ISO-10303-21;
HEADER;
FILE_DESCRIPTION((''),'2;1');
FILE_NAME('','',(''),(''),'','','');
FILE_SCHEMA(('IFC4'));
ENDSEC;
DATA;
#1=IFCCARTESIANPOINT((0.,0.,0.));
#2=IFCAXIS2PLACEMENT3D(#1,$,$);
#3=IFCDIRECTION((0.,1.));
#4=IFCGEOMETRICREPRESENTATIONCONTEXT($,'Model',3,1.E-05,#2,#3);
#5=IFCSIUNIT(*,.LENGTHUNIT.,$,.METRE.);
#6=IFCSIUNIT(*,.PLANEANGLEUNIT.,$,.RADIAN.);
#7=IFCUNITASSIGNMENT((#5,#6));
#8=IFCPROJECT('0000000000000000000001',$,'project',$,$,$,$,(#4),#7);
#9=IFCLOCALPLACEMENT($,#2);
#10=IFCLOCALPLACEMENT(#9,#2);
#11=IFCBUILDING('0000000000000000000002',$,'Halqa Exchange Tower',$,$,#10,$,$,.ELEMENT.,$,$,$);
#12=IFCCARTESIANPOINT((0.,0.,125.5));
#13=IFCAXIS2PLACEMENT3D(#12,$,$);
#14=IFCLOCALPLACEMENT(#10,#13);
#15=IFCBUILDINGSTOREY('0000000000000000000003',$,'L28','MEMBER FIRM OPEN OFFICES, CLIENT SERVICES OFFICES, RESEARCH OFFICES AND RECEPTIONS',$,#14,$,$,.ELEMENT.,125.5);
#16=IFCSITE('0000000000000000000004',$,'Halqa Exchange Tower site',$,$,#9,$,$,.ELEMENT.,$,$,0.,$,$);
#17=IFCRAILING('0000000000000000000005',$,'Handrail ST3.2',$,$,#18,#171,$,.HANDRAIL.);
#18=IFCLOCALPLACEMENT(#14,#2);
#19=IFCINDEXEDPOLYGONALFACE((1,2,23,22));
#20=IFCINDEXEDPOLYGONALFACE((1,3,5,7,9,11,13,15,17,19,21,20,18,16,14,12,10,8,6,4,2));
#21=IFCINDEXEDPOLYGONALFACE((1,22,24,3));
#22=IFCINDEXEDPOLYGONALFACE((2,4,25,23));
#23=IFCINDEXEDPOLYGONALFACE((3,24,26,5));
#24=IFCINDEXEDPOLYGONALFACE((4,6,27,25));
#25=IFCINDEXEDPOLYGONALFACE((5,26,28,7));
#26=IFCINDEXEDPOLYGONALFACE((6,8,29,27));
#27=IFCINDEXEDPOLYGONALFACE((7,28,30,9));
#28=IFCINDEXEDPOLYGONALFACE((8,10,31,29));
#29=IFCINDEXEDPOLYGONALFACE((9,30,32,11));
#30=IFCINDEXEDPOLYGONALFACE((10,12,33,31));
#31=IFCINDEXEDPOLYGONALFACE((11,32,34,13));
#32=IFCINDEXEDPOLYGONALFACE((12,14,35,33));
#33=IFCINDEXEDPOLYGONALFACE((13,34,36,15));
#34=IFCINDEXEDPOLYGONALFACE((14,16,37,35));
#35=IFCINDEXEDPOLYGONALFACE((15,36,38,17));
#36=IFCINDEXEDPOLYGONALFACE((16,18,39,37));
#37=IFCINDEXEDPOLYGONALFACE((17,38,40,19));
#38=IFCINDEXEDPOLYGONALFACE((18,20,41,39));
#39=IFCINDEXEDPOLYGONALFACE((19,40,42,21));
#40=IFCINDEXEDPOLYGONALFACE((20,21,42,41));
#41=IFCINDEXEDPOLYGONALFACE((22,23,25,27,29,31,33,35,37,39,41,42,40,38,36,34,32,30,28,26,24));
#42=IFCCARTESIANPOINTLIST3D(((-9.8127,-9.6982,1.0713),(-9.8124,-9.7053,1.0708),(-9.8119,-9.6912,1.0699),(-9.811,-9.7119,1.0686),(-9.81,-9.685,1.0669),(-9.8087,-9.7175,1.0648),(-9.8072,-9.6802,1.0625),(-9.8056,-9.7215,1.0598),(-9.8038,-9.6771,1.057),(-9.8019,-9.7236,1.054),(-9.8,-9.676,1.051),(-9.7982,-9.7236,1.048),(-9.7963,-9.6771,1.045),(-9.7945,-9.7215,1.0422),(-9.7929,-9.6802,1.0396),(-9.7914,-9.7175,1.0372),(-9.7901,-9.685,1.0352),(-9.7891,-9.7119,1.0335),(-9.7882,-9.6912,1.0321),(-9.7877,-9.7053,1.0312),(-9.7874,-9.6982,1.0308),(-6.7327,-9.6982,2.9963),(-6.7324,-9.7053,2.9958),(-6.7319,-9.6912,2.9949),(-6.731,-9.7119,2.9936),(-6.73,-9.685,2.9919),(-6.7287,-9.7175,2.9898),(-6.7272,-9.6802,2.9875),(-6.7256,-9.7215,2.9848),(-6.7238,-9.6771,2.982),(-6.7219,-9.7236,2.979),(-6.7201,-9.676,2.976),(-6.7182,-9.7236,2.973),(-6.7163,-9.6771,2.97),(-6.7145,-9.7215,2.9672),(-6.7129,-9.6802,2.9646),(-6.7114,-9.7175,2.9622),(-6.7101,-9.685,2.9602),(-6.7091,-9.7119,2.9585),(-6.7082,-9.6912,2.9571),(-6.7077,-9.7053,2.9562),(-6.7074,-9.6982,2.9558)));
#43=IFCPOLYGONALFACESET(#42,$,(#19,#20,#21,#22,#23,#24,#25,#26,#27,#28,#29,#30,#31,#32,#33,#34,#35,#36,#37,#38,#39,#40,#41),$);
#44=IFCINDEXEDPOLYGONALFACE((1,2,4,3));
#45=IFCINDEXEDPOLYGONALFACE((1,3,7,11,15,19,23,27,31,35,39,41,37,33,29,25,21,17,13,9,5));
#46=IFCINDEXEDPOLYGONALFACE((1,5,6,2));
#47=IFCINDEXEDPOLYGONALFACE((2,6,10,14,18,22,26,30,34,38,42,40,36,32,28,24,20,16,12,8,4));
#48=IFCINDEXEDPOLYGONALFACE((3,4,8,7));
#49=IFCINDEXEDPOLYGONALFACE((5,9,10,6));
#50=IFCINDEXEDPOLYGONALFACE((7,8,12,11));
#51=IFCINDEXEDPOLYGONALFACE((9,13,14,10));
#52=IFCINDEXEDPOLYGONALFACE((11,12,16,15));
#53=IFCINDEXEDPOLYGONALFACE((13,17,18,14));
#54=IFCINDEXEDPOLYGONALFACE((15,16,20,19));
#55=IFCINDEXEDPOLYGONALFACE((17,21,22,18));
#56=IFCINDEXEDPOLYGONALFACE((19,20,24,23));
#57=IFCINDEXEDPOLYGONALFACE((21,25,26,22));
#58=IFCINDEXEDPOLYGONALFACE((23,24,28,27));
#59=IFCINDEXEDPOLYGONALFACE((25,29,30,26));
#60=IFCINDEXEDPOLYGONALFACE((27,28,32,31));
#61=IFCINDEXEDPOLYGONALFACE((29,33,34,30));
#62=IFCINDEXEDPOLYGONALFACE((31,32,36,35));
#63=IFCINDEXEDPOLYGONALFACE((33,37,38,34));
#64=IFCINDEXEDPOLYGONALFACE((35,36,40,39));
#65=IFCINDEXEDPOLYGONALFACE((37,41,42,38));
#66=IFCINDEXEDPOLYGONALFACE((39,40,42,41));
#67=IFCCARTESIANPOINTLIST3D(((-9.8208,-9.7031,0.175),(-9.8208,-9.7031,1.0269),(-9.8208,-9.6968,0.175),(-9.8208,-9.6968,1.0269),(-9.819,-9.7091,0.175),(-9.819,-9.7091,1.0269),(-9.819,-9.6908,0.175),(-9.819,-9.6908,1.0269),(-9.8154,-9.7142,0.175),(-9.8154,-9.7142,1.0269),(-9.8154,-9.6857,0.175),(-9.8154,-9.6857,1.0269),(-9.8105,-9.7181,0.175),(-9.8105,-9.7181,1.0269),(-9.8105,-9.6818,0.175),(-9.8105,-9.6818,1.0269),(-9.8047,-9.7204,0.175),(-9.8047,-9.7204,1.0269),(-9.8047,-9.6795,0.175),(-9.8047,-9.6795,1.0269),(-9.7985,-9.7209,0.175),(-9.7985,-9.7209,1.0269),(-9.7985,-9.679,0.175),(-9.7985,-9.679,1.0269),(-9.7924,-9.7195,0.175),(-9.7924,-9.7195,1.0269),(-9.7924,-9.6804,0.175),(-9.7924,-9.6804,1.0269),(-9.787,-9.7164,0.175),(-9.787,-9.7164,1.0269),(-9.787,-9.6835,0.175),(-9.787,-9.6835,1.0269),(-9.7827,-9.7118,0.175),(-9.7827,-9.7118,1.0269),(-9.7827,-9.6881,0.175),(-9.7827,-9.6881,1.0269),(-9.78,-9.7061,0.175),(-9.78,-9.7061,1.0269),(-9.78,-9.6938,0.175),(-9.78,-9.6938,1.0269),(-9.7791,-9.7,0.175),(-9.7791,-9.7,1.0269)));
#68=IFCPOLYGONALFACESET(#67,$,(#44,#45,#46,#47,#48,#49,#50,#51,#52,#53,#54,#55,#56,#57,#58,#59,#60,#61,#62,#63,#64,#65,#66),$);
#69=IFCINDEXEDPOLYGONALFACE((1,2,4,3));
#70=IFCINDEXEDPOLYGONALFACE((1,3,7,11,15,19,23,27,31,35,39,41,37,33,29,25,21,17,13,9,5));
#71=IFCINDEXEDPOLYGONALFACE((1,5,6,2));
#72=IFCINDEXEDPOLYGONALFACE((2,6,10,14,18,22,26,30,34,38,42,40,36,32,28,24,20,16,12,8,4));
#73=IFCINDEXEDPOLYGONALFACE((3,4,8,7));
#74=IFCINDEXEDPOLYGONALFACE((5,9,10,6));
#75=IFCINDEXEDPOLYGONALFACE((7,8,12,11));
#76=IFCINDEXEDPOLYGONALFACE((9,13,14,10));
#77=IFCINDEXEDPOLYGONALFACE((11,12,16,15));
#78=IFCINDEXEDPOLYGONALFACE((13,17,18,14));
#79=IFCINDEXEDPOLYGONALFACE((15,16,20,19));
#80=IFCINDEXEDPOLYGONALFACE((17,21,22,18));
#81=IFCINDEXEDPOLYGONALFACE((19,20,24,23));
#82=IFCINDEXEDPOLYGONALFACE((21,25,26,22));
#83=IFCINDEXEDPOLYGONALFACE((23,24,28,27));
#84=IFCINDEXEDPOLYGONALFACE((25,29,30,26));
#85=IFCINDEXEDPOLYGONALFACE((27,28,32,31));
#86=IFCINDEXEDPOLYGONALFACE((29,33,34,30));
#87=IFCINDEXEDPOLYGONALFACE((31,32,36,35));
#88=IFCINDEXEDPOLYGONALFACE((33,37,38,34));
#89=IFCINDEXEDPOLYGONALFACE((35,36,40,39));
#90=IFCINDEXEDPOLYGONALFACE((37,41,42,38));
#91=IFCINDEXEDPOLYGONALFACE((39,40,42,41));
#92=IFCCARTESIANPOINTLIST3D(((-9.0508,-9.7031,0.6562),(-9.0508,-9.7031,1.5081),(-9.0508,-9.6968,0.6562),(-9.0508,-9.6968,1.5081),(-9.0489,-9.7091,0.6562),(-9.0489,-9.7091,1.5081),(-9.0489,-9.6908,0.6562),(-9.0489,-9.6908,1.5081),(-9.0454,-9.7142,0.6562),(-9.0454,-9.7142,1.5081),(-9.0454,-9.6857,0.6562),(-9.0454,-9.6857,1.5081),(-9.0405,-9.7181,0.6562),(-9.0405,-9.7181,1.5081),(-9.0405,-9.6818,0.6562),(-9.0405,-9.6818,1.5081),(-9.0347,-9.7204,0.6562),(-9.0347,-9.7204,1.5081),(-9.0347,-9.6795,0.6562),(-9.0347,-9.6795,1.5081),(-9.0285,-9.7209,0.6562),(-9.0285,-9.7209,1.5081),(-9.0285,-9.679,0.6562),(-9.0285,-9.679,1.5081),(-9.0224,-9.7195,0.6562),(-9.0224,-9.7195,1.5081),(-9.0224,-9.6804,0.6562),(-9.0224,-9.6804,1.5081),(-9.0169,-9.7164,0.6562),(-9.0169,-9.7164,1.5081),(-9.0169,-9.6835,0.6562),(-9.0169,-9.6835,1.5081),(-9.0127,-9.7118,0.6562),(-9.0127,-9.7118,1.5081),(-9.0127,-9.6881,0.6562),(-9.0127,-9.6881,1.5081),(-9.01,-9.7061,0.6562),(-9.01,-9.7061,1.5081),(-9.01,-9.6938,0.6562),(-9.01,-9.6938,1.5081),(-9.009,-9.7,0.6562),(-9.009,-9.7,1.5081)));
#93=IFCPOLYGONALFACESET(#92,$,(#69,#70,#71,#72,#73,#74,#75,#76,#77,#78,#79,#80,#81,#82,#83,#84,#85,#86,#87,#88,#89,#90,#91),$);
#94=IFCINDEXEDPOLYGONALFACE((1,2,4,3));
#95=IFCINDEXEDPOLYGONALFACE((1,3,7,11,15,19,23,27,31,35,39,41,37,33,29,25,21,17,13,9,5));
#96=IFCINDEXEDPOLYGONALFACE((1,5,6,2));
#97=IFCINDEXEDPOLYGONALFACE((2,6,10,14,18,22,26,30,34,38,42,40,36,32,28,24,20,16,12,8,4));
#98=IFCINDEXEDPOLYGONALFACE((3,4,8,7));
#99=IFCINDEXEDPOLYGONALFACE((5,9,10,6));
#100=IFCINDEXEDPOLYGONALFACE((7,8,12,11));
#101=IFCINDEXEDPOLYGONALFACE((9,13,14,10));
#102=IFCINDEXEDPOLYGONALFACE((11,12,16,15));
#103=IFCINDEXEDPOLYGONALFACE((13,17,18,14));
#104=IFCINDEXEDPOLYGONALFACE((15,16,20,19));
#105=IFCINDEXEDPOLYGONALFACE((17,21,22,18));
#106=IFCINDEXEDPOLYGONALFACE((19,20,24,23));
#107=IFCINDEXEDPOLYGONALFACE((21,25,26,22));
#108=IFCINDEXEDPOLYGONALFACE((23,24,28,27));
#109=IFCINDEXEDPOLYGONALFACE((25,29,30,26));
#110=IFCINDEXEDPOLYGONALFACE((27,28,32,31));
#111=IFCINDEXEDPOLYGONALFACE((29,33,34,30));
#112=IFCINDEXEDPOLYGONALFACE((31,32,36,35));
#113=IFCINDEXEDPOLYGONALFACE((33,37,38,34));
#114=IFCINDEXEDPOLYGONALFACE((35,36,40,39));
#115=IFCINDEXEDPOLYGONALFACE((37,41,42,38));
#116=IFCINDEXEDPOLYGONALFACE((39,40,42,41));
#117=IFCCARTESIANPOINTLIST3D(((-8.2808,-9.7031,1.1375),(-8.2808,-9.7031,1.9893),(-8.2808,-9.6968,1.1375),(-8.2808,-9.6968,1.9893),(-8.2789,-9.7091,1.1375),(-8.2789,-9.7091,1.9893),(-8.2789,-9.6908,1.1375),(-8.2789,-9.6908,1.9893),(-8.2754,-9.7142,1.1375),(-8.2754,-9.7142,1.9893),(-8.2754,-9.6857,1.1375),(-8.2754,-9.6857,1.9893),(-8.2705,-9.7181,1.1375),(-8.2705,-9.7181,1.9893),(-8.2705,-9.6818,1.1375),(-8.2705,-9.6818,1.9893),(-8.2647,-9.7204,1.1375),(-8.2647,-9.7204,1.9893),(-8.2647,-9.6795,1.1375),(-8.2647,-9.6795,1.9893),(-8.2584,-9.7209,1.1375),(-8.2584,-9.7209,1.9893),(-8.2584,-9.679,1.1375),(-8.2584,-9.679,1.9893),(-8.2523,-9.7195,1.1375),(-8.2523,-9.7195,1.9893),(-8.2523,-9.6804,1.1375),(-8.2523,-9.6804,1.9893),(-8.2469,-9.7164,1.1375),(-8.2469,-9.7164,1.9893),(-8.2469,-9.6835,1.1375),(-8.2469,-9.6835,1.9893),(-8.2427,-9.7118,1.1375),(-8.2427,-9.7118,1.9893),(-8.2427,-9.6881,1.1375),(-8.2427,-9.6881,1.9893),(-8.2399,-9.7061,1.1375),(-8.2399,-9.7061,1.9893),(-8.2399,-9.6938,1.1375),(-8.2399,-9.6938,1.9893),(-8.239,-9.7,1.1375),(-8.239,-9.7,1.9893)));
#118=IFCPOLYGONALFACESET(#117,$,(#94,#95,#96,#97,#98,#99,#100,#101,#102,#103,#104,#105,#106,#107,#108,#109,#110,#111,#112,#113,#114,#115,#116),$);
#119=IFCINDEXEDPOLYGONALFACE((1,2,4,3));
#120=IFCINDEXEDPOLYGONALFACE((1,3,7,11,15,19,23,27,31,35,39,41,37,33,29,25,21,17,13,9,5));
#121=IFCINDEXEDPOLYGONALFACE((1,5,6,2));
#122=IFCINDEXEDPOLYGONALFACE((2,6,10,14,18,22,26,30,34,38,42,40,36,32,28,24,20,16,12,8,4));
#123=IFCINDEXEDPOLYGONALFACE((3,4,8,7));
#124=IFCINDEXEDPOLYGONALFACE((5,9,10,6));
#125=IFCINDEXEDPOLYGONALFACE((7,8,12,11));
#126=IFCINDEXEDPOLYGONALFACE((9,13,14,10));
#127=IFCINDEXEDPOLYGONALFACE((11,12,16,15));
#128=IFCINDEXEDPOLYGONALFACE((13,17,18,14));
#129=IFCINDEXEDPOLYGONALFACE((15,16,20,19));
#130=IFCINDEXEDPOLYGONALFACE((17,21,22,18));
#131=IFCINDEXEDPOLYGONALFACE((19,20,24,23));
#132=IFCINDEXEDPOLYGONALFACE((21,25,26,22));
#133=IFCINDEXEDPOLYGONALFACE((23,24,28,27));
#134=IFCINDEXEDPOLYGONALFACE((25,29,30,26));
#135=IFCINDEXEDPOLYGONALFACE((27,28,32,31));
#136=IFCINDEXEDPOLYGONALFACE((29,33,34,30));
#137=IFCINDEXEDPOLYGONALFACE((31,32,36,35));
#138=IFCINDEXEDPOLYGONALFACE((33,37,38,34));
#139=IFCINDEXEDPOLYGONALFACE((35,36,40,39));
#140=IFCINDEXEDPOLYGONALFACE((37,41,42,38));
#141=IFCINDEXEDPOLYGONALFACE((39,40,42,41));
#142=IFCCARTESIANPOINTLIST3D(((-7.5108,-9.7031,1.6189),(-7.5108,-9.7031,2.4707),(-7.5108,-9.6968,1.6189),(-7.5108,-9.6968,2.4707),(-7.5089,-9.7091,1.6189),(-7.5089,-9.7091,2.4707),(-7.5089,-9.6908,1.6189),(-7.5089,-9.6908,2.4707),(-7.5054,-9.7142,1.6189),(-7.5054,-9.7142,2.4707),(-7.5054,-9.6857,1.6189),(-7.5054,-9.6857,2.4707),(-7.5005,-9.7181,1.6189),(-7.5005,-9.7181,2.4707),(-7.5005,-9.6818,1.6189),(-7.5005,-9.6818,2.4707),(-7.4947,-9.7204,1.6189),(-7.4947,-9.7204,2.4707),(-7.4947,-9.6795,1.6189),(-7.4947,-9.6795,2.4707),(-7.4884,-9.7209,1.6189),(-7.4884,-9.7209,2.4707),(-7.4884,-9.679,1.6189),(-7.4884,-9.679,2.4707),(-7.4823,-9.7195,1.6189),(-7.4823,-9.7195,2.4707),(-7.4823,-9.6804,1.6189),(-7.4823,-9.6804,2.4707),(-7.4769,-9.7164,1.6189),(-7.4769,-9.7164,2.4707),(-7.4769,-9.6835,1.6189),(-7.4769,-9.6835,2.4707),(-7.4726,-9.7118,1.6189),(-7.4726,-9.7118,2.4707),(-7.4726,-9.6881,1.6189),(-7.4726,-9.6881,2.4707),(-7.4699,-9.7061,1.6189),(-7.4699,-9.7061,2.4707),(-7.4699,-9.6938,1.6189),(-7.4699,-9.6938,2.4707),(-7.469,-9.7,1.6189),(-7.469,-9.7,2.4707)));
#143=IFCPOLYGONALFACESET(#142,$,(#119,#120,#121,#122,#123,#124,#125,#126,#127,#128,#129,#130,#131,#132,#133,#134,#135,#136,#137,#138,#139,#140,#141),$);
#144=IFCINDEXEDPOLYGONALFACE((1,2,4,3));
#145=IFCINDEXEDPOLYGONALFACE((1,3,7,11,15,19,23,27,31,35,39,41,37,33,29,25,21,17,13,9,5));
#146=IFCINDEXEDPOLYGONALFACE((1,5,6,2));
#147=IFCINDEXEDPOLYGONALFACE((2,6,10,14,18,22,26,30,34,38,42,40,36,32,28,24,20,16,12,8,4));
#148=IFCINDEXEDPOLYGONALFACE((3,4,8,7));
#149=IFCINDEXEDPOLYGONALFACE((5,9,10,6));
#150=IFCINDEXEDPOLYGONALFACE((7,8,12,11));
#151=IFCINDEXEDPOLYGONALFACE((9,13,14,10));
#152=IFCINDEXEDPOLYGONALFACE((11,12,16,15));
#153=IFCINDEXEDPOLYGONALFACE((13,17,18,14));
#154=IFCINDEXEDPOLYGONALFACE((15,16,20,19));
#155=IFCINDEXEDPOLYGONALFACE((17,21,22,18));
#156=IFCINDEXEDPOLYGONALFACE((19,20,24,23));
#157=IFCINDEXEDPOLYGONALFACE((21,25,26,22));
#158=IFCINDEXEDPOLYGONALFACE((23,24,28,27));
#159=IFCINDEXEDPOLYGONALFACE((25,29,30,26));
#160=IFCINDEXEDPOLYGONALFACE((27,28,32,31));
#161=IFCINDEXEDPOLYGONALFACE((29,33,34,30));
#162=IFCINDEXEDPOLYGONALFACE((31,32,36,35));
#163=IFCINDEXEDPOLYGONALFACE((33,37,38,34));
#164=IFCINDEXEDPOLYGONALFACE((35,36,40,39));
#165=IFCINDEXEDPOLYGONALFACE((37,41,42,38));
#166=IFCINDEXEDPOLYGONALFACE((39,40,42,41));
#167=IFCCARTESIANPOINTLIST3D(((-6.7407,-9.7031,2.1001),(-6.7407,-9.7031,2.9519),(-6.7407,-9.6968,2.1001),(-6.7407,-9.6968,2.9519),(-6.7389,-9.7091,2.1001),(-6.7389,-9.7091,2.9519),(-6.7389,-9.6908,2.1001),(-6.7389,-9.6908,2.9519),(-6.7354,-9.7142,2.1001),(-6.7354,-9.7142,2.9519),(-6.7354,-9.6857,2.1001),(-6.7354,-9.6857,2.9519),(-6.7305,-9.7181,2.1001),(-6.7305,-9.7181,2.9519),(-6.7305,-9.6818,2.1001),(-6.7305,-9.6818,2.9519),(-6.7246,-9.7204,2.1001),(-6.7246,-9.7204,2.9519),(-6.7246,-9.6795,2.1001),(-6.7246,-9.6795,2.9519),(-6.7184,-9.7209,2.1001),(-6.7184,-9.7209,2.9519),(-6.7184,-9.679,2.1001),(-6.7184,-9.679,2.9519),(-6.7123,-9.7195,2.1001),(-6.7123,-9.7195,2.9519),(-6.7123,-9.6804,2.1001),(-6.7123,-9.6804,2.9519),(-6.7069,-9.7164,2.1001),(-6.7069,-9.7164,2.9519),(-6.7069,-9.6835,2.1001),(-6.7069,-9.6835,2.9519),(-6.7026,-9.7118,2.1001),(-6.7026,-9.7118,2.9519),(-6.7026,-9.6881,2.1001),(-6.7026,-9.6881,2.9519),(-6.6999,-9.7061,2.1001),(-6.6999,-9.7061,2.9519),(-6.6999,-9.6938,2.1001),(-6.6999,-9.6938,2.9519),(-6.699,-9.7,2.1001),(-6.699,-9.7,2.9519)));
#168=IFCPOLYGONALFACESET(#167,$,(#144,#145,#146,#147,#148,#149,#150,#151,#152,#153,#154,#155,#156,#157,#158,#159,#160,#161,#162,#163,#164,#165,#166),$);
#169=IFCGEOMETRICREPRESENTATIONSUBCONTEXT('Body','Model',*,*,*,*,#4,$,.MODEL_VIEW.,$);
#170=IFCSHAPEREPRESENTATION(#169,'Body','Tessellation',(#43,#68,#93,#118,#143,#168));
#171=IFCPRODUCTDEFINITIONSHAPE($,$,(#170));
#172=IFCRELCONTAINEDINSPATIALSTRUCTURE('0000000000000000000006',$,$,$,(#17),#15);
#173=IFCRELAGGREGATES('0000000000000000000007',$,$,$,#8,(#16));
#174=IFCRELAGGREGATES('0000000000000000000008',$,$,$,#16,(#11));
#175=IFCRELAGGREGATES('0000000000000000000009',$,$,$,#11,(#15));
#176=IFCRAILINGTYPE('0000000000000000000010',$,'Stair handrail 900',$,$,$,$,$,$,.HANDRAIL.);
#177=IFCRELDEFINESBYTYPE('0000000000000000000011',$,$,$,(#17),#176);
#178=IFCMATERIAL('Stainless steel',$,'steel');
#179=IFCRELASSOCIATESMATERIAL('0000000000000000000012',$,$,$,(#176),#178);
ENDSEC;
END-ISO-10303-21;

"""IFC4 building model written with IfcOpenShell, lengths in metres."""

from ifc_helpers import new_model, si_unit, direction, frame, origin, origin_2d, place, context, subcontext, project, spatial, circle, extrude, material, type_object, element, save


model = new_model("IFC4")

# Units and contexts
model_context = context("Model", 3, precision=1e-05, world=origin(), true_north=direction((0.0, 1.0)))
body_context = subcontext(model_context, "Body", "Model", "MODEL_VIEW")
ifc_project = project(units=[si_unit("LENGTHUNIT", "METRE"), si_unit("PLANEANGLEUNIT", "RADIAN")], contexts=[model_context])

# Site, building, storey
site_placement = place(None, origin())
site = spatial("IfcSite", under=ifc_project, at=site_placement, Name="Halqa Exchange Tower site", CompositionType="ELEMENT", RefElevation=0.0)
building_placement = place(site_placement, origin())
building = spatial("IfcBuilding", under=site, at=building_placement, Name="Halqa Exchange Tower", CompositionType="ELEMENT")
storey_placement = place(building_placement, frame((0.0, 0.0, 125.5)))
storey = spatial("IfcBuildingStorey", under=building, at=storey_placement, Name="L28", Description="MEMBER FIRM OPEN OFFICES, CLIENT SERVICES OFFICES, RESEARCH OFFICES AND RECEPTIONS", CompositionType="ELEMENT", Elevation=125.5)

# Shared definitions
ifc_material_1 = material(Name="Stainless steel", Category="steel")

# Railing
railing_type_1 = type_object("IfcRailingType", Name="Stair handrail 900", PredefinedType="HANDRAIL", material=ifc_material_1)
railing_1_placement = place(storey_placement, frame((-9.8, -9.7, 0.175)))
element("IfcRailing", 1, at=railing_1_placement, inside=storey, type_object=railing_type_1, Name="Handrail ST3.2", PredefinedType="HANDRAIL", context=body_context, shape_type="SweptSolid", body=[
    extrude(circle(Radius=0.0239, at=origin_2d()), frame((0.0, 0.0, 0.876), z_axis=(0.847998, 0.0, 0.529999), x_axis=(0.0, 1.0, 0.0)), (0.0, 0.0, 1.0), 3.6321),
    extrude(circle(Radius=0.021, at=origin_2d()), origin(), (0.0, 0.0, 1.0), 0.8518),
    extrude(circle(Radius=0.021, at=origin_2d()), frame((0.77, 0.0, 0.4812)), (0.0, 0.0, 1.0), 0.8518),
    extrude(circle(Radius=0.021, at=origin_2d()), frame((1.54, 0.0, 0.9624)), (0.0, 0.0, 1.0), 0.8518),
    extrude(circle(Radius=0.021, at=origin_2d()), frame((2.3101, 0.0, 1.4438)), (0.0, 0.0, 1.0), 0.8518),
    extrude(circle(Radius=0.021, at=origin_2d()), frame((3.0801, 0.0, 1.925)), (0.0, 0.0, 1.0), 0.8518),
])

save(model, "model.ifc")
